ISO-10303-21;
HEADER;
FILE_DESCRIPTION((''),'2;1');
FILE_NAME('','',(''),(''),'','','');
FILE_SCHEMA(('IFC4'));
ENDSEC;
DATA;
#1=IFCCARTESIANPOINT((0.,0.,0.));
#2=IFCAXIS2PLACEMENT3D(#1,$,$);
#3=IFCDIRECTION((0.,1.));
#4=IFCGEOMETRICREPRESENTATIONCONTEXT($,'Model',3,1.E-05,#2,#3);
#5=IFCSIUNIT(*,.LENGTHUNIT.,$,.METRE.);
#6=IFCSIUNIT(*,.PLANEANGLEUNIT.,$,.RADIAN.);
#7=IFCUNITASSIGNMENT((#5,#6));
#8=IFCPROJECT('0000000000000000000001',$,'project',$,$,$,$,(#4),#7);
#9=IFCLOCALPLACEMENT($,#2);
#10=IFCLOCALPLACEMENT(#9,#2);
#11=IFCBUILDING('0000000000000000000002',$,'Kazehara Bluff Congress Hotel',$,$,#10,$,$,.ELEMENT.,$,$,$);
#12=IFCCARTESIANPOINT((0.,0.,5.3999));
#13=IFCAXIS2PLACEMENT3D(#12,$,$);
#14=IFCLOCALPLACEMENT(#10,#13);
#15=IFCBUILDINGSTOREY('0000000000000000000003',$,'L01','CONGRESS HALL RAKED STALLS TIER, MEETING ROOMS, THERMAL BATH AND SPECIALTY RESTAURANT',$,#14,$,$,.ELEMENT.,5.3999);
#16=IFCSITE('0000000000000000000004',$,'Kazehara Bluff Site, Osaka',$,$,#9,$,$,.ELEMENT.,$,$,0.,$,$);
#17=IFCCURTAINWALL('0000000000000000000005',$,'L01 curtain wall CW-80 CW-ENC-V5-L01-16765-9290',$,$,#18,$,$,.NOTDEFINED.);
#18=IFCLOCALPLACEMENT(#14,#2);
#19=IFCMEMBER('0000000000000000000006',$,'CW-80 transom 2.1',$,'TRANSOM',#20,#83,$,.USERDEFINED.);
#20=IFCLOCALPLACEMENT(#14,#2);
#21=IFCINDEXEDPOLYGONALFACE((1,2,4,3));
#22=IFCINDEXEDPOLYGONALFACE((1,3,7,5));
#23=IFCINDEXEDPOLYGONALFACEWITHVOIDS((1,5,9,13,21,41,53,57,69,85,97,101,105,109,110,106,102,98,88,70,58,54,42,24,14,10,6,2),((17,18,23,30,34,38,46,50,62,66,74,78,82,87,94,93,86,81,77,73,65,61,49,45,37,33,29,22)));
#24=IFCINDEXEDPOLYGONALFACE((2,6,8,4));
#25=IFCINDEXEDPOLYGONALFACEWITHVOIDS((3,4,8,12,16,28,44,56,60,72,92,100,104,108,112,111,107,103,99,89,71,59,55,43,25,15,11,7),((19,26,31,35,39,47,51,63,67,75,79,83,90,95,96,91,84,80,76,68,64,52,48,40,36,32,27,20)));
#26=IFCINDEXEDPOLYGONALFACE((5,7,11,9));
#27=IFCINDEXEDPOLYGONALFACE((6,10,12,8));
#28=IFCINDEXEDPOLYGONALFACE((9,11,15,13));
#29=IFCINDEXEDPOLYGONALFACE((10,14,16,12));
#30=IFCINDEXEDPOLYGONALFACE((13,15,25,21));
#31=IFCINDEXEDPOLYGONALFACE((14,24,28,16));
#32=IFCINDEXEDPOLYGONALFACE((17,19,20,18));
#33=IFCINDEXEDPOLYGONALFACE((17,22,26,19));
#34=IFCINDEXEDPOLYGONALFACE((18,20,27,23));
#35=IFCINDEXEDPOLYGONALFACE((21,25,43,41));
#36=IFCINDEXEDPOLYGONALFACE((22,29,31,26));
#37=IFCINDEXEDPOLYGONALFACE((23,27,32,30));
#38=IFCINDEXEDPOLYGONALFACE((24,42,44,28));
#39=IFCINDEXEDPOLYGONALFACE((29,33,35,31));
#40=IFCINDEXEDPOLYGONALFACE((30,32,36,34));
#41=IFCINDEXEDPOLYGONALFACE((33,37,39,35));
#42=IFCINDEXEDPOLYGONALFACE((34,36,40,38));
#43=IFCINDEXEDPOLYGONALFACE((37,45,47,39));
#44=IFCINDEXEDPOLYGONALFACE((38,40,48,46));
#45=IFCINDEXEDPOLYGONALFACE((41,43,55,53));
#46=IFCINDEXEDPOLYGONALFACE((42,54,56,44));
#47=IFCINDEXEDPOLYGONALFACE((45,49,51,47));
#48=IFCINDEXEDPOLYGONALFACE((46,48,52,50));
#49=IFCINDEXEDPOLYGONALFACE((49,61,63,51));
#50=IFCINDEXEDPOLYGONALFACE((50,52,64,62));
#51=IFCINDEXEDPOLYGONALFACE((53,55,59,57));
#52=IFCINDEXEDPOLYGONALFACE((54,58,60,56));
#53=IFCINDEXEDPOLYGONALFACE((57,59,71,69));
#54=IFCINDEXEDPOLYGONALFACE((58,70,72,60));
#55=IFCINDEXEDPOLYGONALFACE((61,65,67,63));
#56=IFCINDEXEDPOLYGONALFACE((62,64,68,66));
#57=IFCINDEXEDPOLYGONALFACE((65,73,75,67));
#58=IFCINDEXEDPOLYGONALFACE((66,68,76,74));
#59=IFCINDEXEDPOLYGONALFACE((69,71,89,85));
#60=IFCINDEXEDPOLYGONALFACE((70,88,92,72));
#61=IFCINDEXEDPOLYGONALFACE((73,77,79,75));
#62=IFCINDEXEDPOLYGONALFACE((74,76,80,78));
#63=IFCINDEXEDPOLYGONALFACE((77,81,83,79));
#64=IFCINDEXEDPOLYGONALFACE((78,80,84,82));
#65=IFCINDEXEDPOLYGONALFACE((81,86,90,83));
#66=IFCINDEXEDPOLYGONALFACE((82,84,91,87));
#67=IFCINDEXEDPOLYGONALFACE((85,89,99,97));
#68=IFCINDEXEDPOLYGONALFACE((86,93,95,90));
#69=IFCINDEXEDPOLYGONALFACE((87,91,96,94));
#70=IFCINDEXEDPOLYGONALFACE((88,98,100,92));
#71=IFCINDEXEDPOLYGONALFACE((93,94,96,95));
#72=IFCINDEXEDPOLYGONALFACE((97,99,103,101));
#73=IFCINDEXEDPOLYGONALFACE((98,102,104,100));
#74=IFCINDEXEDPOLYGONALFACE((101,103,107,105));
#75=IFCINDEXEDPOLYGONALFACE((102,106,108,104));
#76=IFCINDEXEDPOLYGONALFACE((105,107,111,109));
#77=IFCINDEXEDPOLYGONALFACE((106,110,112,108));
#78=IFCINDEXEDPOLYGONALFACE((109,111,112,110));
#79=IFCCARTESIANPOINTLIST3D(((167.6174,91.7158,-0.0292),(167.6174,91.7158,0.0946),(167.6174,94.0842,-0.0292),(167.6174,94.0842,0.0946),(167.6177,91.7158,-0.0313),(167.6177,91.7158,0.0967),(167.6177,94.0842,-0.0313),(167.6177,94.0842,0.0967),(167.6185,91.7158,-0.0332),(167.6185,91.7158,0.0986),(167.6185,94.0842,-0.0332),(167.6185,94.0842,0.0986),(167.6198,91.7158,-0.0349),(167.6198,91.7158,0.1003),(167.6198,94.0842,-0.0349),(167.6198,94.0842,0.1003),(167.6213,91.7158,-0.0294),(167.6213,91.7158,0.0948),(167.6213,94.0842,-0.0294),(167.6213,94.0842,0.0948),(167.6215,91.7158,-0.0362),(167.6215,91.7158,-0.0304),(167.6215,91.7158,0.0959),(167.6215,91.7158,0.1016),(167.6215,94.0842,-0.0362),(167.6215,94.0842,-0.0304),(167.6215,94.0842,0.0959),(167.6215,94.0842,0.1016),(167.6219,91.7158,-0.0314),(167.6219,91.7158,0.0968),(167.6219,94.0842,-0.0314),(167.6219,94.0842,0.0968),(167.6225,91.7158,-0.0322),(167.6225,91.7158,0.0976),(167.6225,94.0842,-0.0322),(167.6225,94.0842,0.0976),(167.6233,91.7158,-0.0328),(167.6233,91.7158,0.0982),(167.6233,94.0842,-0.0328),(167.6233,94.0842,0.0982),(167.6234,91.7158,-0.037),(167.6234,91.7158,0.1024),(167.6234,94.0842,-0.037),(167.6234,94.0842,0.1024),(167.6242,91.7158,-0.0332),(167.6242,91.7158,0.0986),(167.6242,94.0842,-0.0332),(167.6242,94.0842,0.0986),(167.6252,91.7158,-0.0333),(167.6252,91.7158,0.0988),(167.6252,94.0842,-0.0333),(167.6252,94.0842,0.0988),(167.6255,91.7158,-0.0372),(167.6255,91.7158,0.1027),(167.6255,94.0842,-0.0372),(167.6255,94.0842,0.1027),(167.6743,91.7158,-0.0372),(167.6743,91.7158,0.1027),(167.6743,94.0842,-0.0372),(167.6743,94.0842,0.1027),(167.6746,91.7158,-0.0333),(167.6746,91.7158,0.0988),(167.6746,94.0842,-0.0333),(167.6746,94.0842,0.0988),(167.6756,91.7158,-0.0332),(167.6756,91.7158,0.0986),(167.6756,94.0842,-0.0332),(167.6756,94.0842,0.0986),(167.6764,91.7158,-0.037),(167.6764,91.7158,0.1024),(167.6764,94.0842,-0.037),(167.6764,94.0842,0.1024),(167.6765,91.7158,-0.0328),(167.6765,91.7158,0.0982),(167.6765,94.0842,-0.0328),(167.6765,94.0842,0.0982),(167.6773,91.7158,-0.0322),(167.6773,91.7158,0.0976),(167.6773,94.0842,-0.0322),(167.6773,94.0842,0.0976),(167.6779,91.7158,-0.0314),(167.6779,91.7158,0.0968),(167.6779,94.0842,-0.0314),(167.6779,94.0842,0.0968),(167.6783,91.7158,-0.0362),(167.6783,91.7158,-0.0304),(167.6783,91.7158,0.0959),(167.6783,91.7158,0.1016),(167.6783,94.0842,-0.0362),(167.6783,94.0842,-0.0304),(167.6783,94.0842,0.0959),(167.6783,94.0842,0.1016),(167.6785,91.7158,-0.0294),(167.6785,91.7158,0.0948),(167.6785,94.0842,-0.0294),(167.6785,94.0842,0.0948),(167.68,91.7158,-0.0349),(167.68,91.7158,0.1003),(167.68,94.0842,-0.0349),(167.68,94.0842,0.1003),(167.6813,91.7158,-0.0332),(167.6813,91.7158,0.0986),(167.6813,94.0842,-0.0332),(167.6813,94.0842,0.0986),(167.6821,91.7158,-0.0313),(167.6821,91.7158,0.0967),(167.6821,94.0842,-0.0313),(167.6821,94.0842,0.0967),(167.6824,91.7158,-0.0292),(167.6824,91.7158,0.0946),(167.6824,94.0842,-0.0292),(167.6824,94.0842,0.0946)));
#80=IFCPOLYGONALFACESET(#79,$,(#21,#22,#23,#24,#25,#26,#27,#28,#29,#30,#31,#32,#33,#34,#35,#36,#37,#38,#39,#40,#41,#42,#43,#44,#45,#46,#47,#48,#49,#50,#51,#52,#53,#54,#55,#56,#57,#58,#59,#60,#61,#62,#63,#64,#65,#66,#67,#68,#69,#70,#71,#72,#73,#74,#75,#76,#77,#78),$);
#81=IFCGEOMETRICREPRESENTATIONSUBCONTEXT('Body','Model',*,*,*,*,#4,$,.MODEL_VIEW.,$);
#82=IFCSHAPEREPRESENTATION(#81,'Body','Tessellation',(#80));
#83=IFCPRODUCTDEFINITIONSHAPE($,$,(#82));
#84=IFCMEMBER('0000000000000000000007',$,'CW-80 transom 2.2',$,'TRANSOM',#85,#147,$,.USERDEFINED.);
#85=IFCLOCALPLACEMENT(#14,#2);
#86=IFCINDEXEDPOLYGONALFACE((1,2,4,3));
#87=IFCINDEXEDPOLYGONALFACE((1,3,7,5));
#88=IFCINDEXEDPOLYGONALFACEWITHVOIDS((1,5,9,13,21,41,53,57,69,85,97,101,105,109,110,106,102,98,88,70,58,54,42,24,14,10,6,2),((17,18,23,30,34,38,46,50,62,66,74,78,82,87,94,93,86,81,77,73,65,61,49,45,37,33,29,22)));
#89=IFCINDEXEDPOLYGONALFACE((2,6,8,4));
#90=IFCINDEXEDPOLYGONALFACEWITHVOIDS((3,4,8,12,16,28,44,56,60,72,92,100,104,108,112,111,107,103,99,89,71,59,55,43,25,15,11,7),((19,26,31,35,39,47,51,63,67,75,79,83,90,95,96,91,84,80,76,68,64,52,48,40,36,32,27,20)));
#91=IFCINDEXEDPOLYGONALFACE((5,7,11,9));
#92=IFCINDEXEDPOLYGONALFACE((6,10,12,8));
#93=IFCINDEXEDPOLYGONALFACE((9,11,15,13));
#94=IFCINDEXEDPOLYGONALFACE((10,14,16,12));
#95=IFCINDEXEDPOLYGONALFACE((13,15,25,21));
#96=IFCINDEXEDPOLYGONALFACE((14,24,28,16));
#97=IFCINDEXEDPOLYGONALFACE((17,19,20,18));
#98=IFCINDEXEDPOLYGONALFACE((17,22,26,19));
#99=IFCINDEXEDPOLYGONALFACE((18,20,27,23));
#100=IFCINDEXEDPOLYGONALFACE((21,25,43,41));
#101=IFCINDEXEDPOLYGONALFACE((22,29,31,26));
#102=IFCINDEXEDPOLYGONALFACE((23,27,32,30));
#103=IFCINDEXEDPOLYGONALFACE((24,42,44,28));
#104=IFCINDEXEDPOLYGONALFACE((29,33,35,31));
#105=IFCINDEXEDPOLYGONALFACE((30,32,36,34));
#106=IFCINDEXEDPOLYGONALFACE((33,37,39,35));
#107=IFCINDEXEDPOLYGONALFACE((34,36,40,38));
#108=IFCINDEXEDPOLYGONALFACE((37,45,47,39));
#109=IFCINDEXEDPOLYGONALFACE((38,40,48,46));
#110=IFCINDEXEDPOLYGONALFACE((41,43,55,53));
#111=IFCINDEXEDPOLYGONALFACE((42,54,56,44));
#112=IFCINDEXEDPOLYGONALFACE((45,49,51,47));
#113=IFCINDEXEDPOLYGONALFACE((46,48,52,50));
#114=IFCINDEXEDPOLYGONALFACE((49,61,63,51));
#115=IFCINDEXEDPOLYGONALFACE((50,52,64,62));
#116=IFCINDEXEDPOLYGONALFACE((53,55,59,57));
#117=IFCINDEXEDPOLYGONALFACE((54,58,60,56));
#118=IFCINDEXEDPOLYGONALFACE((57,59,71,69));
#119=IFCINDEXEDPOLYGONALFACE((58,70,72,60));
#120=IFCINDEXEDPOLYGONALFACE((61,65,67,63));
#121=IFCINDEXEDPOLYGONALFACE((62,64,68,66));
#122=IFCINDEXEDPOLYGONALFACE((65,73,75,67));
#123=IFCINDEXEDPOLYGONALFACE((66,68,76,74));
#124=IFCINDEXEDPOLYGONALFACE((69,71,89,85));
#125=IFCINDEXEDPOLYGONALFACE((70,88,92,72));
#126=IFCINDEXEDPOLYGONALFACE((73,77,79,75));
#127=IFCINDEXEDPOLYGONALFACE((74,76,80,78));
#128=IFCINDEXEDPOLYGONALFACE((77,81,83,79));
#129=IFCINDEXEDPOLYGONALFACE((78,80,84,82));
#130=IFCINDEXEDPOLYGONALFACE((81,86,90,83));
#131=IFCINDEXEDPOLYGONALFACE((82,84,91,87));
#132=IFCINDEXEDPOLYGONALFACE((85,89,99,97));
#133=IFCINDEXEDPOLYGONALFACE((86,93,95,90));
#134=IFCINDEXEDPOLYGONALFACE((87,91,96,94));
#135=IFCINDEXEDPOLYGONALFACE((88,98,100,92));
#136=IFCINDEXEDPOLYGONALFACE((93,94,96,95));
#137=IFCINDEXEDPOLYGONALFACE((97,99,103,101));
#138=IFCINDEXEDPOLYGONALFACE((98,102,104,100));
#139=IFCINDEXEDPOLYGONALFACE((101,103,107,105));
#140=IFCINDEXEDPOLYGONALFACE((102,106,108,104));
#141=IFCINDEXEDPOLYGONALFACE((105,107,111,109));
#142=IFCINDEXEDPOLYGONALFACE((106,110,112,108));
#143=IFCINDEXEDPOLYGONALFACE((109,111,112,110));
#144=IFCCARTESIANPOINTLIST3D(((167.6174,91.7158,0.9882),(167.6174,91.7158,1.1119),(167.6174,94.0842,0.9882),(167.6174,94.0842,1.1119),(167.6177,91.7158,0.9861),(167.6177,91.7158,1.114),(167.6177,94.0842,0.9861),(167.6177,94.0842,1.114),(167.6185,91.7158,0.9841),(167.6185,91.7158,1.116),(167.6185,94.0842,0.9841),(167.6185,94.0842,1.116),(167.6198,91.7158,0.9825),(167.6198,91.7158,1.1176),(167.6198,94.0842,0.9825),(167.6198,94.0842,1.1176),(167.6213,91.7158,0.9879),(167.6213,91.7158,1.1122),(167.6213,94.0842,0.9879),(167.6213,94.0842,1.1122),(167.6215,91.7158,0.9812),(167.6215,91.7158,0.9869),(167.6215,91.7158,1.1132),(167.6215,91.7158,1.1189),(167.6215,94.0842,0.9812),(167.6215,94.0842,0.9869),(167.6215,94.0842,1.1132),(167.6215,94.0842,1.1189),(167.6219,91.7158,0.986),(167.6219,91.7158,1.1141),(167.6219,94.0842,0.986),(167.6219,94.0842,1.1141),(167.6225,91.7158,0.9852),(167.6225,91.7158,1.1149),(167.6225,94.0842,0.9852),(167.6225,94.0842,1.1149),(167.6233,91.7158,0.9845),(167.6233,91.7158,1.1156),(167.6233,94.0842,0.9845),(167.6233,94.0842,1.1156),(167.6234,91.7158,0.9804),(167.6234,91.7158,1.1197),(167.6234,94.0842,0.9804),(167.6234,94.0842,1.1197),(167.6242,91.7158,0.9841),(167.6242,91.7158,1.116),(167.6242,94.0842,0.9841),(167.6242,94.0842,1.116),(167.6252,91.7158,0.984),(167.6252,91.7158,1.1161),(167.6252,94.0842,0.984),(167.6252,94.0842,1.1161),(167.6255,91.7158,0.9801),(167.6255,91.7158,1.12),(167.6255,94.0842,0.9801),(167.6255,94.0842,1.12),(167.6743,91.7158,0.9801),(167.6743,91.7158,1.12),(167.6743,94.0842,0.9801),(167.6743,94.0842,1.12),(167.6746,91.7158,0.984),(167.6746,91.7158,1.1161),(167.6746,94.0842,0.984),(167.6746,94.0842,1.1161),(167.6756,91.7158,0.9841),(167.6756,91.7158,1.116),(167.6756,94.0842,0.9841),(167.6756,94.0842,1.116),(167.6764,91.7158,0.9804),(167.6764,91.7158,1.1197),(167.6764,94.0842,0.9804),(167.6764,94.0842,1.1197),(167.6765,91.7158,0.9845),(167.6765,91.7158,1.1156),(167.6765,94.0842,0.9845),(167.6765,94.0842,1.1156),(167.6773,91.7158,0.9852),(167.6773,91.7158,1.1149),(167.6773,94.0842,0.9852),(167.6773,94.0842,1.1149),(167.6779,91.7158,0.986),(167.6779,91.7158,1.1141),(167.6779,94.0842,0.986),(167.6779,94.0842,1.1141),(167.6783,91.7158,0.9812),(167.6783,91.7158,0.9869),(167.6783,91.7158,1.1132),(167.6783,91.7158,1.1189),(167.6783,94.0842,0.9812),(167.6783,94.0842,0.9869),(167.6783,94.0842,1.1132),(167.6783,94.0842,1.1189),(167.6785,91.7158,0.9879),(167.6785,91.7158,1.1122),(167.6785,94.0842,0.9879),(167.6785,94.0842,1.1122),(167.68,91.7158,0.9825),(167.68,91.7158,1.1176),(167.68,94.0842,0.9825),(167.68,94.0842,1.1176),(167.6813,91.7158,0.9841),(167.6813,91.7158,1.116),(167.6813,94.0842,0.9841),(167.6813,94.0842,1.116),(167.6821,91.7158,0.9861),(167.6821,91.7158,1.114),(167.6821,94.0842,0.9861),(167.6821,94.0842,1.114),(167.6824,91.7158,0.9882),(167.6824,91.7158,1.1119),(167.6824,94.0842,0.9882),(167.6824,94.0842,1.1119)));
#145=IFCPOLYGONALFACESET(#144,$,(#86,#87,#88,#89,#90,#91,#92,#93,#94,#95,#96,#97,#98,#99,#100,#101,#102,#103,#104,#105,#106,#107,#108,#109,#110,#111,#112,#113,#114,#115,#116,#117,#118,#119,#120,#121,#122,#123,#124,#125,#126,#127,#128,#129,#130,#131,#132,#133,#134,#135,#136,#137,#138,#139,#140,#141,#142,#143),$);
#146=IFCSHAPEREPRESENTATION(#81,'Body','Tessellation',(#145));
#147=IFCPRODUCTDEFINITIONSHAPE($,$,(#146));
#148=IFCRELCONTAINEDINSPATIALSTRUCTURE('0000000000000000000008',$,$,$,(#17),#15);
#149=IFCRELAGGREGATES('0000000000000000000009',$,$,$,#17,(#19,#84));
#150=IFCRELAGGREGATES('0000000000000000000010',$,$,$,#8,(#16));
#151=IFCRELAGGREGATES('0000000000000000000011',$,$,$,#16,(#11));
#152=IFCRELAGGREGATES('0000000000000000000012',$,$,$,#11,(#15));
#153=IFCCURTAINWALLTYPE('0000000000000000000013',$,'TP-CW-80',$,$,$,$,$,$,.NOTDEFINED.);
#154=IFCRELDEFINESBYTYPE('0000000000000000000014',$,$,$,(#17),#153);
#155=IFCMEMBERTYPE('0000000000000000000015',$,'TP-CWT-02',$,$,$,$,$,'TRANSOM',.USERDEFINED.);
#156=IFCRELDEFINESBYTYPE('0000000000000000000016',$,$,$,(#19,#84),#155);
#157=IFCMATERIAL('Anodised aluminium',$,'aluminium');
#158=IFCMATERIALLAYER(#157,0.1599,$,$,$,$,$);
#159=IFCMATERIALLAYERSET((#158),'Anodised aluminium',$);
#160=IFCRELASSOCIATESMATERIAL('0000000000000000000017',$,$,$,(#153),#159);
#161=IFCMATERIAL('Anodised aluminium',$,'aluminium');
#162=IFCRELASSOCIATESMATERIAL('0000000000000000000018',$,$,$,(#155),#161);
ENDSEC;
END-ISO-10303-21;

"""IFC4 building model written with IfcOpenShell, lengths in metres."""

from ifc_helpers import new_model, si_unit, direction, frame, origin, origin_2d, place, context, subcontext, project, spatial, hollow_rectangle, extrude, material, layer, layer_set, material_profile, profile_set, type_object, element, aggregate, save


model = new_model("IFC4")

# Units and contexts
model_context = context("Model", 3, precision=1e-05, world=origin(), true_north=direction((0.0, 1.0)))
body_context = subcontext(model_context, "Body", "Model", "MODEL_VIEW")
ifc_project = project(units=[si_unit("LENGTHUNIT", "METRE"), si_unit("PLANEANGLEUNIT", "RADIAN")], contexts=[model_context])

# Site, building, storey
site_placement = place(None, origin())
site = spatial("IfcSite", under=ifc_project, at=site_placement, Name="Kazehara Bluff Site, Osaka", CompositionType="ELEMENT", RefElevation=0.0)
building_placement = place(site_placement, origin())
building = spatial("IfcBuilding", under=site, at=building_placement, Name="Kazehara Bluff Congress Hotel", CompositionType="ELEMENT")
storey_placement = place(building_placement, frame((0.0, 0.0, 5.3999)))
storey = spatial("IfcBuildingStorey", under=building, at=storey_placement, Name="L01", Description="CONGRESS HALL RAKED STALLS TIER, MEETING ROOMS, THERMAL BATH AND SPECIALTY RESTAURANT", CompositionType="ELEMENT", Elevation=5.3999)

# Curtain wall
ifc_material_1 = material(Name="Anodised aluminium", Category="aluminium")
ifc_layer_1 = layer(ifc_material_1, 0.1599)
ifc_layer_set_1 = layer_set([ifc_layer_1], Name="Anodised aluminium")
curtain_wall_type_1 = type_object("IfcCurtainWallType", Name="TP-CW-80", PredefinedType="NOTDEFINED", material=ifc_layer_set_1)
curtain_wall_1_placement = place(storey_placement, origin())
curtain_wall_1 = element("IfcCurtainWall", 1, at=curtain_wall_1_placement, inside=storey, type_object=curtain_wall_type_1, Name="L01 curtain wall CW-80 CW-ENC-V5-L01-16765-9290", PredefinedType="NOTDEFINED")

# Members
ifc_material_2 = material(Name="Anodised aluminium", Category="aluminium")
ifc_material_profile_1 = material_profile(ifc_material_2, hollow_rectangle(XDim=0.0649, YDim=0.1399, WallThickness=0.0039, InnerFilletRadius=0.0039, OuterFilletRadius=0.0081, at=origin_2d()))
ifc_profile_set_1 = profile_set([ifc_material_profile_1], Name="Anodised aluminium")
member_type_1 = type_object("IfcMemberType", Name="TP-CWT-02", ElementType="TRANSOM", PredefinedType="USERDEFINED", material=ifc_profile_set_1)
member_1_placement = place(storey_placement, frame((167.6499, 94.0842, 0.0327), z_axis=(0.0, -1.0, 0.0), x_axis=(1.0, 0.0, 0.0)))
member_1 = element("IfcMember", 2, at=member_1_placement, type_object=member_type_1, Name="CW-80 transom 2.1", ObjectType="TRANSOM", PredefinedType="USERDEFINED", context=body_context, shape_type="SweptSolid", body=[
    extrude(hollow_rectangle(XDim=0.0649, YDim=0.1399, WallThickness=0.0039, InnerFilletRadius=0.0039, OuterFilletRadius=0.0081, at=origin_2d()), origin(), (0.0, 0.0, 1.0), 2.3684),
])
member_2_placement = place(storey_placement, frame((167.6499, 94.0842, 1.05), z_axis=(0.0, -1.0, 0.0), x_axis=(1.0, 0.0, 0.0)))
member_2 = element("IfcMember", 3, at=member_2_placement, type_object=member_type_1, Name="CW-80 transom 2.2", ObjectType="TRANSOM", PredefinedType="USERDEFINED", context=body_context, shape_type="SweptSolid", body=[
    extrude(hollow_rectangle(XDim=0.0649, YDim=0.1399, WallThickness=0.0039, InnerFilletRadius=0.0039, OuterFilletRadius=0.0081, at=origin_2d()), origin(), (0.0, 0.0, 1.0), 2.3684),
])

aggregate(curtain_wall_1, [member_1, member_2])

save(model, "model.ifc")
